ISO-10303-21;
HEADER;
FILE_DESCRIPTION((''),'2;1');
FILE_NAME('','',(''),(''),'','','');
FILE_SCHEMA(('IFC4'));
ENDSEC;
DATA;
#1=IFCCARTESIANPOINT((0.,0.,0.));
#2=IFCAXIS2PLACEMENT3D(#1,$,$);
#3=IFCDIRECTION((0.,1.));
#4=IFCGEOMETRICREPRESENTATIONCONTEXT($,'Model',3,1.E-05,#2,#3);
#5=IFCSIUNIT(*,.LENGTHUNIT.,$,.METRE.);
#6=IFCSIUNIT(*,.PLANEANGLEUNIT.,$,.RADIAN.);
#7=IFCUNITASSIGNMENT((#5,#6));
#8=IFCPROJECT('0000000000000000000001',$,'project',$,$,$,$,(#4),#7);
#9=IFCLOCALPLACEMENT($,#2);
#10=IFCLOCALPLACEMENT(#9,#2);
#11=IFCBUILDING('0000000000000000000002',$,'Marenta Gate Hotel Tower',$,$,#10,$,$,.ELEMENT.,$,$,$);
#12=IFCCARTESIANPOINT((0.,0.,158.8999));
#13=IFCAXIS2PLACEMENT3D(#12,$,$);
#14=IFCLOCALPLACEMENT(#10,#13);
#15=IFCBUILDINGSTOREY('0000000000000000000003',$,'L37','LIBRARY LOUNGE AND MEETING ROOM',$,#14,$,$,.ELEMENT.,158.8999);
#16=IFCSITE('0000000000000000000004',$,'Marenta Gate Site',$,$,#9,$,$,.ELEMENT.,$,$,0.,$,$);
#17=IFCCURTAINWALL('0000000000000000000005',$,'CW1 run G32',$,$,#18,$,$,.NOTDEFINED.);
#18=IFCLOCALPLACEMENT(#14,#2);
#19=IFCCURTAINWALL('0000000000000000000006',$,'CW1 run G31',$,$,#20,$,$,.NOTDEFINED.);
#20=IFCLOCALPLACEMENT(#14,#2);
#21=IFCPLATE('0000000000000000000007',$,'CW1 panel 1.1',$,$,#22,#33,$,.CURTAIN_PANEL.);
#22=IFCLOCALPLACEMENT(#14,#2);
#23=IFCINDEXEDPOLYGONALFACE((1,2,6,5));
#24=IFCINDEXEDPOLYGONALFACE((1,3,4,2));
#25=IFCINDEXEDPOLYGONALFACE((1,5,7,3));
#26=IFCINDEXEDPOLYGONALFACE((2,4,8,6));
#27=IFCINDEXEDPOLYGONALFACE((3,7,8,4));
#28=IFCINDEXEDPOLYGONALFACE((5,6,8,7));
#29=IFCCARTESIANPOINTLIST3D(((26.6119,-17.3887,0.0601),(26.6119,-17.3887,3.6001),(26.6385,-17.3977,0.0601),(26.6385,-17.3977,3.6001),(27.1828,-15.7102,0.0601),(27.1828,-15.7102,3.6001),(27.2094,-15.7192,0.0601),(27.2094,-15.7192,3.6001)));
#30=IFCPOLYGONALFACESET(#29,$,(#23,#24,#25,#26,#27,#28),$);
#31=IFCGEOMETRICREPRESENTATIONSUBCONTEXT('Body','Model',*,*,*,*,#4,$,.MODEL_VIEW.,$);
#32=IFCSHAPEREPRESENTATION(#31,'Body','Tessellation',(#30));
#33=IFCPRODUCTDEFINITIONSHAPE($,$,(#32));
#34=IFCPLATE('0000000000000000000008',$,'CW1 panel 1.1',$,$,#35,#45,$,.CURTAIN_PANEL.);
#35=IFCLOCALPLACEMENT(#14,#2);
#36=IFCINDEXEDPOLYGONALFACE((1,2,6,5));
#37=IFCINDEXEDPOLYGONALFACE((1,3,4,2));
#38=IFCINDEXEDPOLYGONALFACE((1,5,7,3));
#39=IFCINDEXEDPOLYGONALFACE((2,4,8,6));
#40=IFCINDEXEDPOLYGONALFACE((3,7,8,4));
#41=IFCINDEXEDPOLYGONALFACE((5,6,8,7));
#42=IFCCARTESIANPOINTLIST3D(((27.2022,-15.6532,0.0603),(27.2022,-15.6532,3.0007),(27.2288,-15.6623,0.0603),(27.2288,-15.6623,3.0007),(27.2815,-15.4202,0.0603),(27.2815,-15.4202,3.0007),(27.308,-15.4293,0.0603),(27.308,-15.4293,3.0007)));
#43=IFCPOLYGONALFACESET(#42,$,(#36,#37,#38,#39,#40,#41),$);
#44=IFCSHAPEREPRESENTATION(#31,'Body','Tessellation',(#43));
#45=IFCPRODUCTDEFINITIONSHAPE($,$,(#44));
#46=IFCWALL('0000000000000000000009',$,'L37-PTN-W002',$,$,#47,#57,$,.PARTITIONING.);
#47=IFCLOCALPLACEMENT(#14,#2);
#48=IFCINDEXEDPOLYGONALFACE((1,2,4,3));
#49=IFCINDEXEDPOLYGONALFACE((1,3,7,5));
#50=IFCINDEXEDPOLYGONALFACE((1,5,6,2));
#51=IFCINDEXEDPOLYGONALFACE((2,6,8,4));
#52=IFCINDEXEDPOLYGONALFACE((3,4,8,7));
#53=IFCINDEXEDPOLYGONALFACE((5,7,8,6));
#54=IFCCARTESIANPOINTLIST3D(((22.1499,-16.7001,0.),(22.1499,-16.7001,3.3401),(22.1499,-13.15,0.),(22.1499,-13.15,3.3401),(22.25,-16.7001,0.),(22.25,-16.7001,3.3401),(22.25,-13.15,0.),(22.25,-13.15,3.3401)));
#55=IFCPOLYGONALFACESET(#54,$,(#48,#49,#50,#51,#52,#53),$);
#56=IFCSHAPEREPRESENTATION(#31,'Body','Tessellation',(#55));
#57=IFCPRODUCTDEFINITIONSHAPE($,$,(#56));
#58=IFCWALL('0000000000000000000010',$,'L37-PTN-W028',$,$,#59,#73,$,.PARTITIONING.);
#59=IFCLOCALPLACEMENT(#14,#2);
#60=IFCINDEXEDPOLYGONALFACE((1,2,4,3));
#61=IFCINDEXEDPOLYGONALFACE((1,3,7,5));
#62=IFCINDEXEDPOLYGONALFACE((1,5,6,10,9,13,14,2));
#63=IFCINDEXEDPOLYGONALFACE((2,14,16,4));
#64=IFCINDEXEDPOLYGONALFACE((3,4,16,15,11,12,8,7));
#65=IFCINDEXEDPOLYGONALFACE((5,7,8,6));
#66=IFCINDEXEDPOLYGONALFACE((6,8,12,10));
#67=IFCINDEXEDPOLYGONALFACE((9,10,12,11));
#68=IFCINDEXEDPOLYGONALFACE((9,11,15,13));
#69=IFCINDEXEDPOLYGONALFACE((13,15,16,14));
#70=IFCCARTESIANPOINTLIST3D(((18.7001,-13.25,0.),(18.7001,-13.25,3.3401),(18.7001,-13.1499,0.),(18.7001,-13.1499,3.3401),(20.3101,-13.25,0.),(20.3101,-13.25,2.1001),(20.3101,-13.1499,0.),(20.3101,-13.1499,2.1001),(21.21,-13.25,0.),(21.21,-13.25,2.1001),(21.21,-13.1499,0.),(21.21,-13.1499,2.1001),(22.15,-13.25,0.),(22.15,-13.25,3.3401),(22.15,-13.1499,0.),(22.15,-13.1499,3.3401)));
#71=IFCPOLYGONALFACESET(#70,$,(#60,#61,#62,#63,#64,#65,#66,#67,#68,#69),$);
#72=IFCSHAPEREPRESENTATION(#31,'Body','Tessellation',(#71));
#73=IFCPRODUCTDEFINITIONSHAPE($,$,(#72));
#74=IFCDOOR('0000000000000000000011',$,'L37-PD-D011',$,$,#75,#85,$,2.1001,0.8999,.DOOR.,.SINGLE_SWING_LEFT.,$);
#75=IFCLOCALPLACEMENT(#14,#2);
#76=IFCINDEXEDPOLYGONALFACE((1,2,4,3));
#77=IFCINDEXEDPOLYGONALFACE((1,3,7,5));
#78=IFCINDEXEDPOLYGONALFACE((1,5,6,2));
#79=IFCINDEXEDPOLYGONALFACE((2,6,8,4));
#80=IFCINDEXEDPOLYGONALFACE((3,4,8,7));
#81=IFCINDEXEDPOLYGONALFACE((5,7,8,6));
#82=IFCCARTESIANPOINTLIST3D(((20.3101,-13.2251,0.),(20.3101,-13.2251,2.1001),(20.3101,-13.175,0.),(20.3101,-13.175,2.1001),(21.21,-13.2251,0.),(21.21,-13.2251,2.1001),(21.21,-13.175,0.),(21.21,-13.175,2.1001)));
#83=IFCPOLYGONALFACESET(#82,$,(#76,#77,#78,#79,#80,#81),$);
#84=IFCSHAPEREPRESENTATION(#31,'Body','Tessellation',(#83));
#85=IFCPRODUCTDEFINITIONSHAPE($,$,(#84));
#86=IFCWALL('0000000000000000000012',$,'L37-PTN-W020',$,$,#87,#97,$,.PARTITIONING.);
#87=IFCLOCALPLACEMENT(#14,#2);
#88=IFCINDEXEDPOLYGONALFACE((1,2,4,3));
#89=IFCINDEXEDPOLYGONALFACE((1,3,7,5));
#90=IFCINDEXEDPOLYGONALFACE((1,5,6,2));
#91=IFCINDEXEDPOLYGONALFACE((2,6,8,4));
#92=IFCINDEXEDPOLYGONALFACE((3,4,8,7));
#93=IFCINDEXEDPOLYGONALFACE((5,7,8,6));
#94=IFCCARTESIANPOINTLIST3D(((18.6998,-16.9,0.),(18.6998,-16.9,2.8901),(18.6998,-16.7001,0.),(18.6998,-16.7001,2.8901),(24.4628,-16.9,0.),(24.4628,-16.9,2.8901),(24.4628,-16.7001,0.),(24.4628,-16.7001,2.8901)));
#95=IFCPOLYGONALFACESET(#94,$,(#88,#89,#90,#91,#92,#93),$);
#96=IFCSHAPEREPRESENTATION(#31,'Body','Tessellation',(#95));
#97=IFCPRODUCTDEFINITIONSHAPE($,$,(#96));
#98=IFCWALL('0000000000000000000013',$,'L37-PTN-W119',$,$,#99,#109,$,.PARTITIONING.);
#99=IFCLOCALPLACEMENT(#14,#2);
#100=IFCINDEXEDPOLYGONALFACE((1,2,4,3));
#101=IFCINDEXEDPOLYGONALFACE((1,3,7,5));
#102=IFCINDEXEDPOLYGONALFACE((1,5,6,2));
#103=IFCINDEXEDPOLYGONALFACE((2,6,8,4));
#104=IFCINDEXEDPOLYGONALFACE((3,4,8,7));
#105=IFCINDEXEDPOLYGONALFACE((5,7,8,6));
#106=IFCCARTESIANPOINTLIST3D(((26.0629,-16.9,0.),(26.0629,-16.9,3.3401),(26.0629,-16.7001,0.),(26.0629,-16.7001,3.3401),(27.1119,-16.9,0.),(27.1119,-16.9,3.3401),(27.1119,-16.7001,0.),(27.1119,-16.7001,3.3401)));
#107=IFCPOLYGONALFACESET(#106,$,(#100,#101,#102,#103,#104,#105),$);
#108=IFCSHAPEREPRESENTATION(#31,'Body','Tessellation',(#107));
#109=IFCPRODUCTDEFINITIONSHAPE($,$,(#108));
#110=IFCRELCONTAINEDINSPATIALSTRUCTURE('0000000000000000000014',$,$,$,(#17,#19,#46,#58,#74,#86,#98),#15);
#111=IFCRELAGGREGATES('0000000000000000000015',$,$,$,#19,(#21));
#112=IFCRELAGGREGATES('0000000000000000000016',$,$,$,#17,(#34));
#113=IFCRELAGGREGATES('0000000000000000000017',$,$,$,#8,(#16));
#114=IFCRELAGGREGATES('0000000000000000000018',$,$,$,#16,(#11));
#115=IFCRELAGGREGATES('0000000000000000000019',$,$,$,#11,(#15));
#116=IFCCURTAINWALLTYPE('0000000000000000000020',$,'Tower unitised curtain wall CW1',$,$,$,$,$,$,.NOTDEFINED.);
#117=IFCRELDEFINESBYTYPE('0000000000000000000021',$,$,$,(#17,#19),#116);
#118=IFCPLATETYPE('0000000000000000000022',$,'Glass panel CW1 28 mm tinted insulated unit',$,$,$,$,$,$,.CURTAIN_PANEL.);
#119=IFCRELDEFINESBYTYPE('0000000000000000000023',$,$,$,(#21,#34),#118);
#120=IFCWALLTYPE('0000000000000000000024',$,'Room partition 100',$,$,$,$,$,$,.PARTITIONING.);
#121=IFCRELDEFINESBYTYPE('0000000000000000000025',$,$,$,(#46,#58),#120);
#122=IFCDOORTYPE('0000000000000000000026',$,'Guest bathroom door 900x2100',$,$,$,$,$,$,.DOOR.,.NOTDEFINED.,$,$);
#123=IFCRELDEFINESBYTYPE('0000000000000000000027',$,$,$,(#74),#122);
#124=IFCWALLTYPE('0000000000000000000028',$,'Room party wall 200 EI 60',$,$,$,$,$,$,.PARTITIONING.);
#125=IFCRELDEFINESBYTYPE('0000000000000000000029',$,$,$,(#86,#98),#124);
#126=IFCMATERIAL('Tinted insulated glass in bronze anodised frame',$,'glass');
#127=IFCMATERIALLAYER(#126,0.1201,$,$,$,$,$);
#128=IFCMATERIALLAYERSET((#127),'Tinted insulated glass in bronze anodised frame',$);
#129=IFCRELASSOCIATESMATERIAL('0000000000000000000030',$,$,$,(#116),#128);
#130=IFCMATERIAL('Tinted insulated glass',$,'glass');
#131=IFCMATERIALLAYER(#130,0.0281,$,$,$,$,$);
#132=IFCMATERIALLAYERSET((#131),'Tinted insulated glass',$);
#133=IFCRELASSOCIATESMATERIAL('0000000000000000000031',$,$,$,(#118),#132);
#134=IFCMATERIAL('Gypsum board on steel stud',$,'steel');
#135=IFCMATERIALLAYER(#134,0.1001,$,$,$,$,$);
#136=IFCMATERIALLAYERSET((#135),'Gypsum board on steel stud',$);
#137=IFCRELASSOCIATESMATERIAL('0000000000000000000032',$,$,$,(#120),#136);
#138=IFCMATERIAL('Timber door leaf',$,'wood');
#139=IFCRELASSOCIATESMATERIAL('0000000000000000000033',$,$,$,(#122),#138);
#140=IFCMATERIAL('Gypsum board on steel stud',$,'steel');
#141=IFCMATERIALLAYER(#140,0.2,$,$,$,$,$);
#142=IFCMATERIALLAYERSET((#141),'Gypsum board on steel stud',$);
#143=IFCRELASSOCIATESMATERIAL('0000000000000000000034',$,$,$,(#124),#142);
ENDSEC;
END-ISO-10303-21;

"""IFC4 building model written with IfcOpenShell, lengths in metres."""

from ifc_helpers import new_model, si_unit, direction, frame, frame_2d, origin, origin_2d, place, context, subcontext, project, spatial, rectangle, extrude, material, layer, layer_set, type_object, element, fill, aggregate, save


model = new_model("IFC4")

# Units and contexts
model_context = context("Model", 3, precision=1e-05, world=origin(), true_north=direction((0.0, 1.0)))
body_context = subcontext(model_context, "Body", "Model", "MODEL_VIEW")
ifc_project = project(units=[si_unit("LENGTHUNIT", "METRE"), si_unit("PLANEANGLEUNIT", "RADIAN")], contexts=[model_context])

# Site, building, storey
site_placement = place(None, origin())
site = spatial("IfcSite", under=ifc_project, at=site_placement, Name="Marenta Gate Site", CompositionType="ELEMENT", RefElevation=0.0)
building_placement = place(site_placement, origin())
building = spatial("IfcBuilding", under=site, at=building_placement, Name="Marenta Gate Hotel Tower", CompositionType="ELEMENT")
storey_placement = place(building_placement, frame((0.0, 0.0, 158.8999)))
storey = spatial("IfcBuildingStorey", under=building, at=storey_placement, Name="L37", Description="LIBRARY LOUNGE AND MEETING ROOM", CompositionType="ELEMENT", Elevation=158.8999)

# Curtain wall
ifc_material_1 = material(Name="Tinted insulated glass in bronze anodised frame", Category="glass")
ifc_layer_1 = layer(ifc_material_1, 0.1201)
ifc_layer_set_1 = layer_set([ifc_layer_1], Name="Tinted insulated glass in bronze anodised frame")
curtain_wall_type = type_object("IfcCurtainWallType", Name="Tower unitised curtain wall CW1", PredefinedType="NOTDEFINED", material=ifc_layer_set_1)
curtain_wall_1_placement = place(storey_placement, origin())
curtain_wall_1 = element("IfcCurtainWall", 1, at=curtain_wall_1_placement, inside=storey, type_object=curtain_wall_type, Name="CW1 run G32", PredefinedType="NOTDEFINED")

# Curtain wall
curtain_wall_2_placement = place(storey_placement, origin())
curtain_wall_2 = element("IfcCurtainWall", 2, at=curtain_wall_2_placement, inside=storey, type_object=curtain_wall_type, Name="CW1 run G31", PredefinedType="NOTDEFINED")

# Plates
ifc_material_2 = material(Name="Tinted insulated glass", Category="glass")
ifc_layer_2 = layer(ifc_material_2, 0.0281)
ifc_layer_set_2 = layer_set([ifc_layer_2], Name="Tinted insulated glass")
plate_type = type_object("IfcPlateType", Name="Glass panel CW1 28 mm tinted insulated unit", PredefinedType="CURTAIN_PANEL", material=ifc_layer_set_2)
plate_1_placement = place(storey_placement, frame((26.9106, -16.554, 0.0601), z_axis=(0.0, 0.0, 1.0), x_axis=(0.322032, 0.946729, 0.0)))
plate_1 = element("IfcPlate", 3, at=plate_1_placement, type_object=plate_type, Name="CW1 panel 1.1", PredefinedType="CURTAIN_PANEL", context=body_context, shape_type="SweptSolid", body=[
    extrude(rectangle(XDim=1.7729, YDim=0.0281, at=origin_2d()), origin(), (0.0, 0.0, 1.0), 3.54),
])
aggregate(curtain_wall_2, [plate_1])
plate_2_placement = place(storey_placement, frame((27.2551, -15.5413, 0.0603), z_axis=(0.0, 0.0, 1.0), x_axis=(0.32204, 0.946726, 0.0)))
plate_2 = element("IfcPlate", 4, at=plate_2_placement, type_object=plate_type, Name="CW1 panel 1.1", PredefinedType="CURTAIN_PANEL", context=body_context, shape_type="SweptSolid", body=[
    extrude(rectangle(XDim=0.2461, YDim=0.0281, at=origin_2d()), origin(), (0.0, 0.0, 1.0), 2.9404),
])
aggregate(curtain_wall_1, [plate_2])

# Wall
ifc_material_3 = material(Name="Gypsum board on steel stud", Category="steel")
ifc_layer_3 = layer(ifc_material_3, 0.1001)
ifc_layer_set_3 = layer_set([ifc_layer_3], Name="Gypsum board on steel stud")
wall_type_1 = type_object("IfcWallType", Name="Room partition 100", PredefinedType="PARTITIONING", material=ifc_layer_set_3)
wall_1_placement = place(storey_placement, frame((22.2, -16.7, 0.0), z_axis=(0.0, 0.0, 1.0), x_axis=(0.0, 1.0, 0.0)))
element("IfcWall", 5, at=wall_1_placement, inside=storey, type_object=wall_type_1, Name="L37-PTN-W002", PredefinedType="PARTITIONING", context=body_context, shape_type="SweptSolid", body=[
    extrude(rectangle(XDim=3.55, YDim=0.1001, at=frame_2d((1.7749, 0.0))), origin(), (0.0, 0.0, 1.0), 3.3401),
])

# Wall, opening, door
wall_2_placement = place(storey_placement, frame((18.7, -13.2, 0.0), z_axis=(0.0, 0.0, 1.0), x_axis=(1.0, 0.0, 0.0)))
wall_2 = element("IfcWall", 6, at=wall_2_placement, inside=storey, type_object=wall_type_1, Name="L37-PTN-W028", PredefinedType="PARTITIONING", context=body_context, shape_type="SweptSolid", body=[
    extrude(rectangle(XDim=3.45, YDim=0.1001, at=frame_2d((1.7251, 0.0))), origin(), (0.0, 0.0, 1.0), 3.3401),
])
opening_placement = place(wall_2_placement, frame((1.6101, 0.0, 0.0)))
opening = element("IfcOpeningElement", 7, at=opening_placement, cuts=wall_2, PredefinedType="OPENING", context=body_context, shape_type="SweptSolid", body=[
    extrude(rectangle(XDim=0.8999, YDim=2.1001, at=frame_2d((0.45, 1.05))), frame((0.0, 0.05, 0.0), z_axis=(0.0, -1.0, 0.0), x_axis=(1.0, 0.0, 0.0)), (0.0, 0.0, 1.0), 0.1001),
])
ifc_material_4 = material(Name="Timber door leaf", Category="wood")
door_type = type_object("IfcDoorType", Name="Guest bathroom door 900x2100", OperationType="NOTDEFINED", PredefinedType="DOOR", material=ifc_material_4)
door_placement = place(opening_placement, origin())
door = element("IfcDoor", 8, at=door_placement, inside=storey, type_object=door_type, Name="L37-PD-D011", OperationType="SINGLE_SWING_LEFT", OverallHeight=2.1001, OverallWidth=0.8999, PredefinedType="DOOR", context=body_context, shape_type="SweptSolid", body=[
    extrude(rectangle(XDim=0.8999, YDim=2.1001, at=frame_2d((0.45, 1.05))), frame((0.0, 0.0249, 0.0), z_axis=(0.0, -1.0, 0.0), x_axis=(1.0, 0.0, 0.0)), (0.0, 0.0, 1.0), 0.05),
])
fill(opening, door)

# Walls
ifc_material_5 = material(Name="Gypsum board on steel stud", Category="steel")
ifc_layer_4 = layer(ifc_material_5, 0.2)
ifc_layer_set_4 = layer_set([ifc_layer_4], Name="Gypsum board on steel stud")
wall_type_2 = type_object("IfcWallType", Name="Room party wall 200 EI 60", PredefinedType="PARTITIONING", material=ifc_layer_set_4)
wall_3_placement = place(storey_placement, frame((18.7, -16.8, 0.0), z_axis=(0.0, 0.0, 1.0), x_axis=(1.0, 0.0, 0.0)))
element("IfcWall", 9, at=wall_3_placement, inside=storey, type_object=wall_type_2, Name="L37-PTN-W020", PredefinedType="PARTITIONING", context=body_context, shape_type="SweptSolid", body=[
    extrude(rectangle(XDim=5.7629, YDim=0.2, at=frame_2d((2.8813, 0.0))), origin(), (0.0, 0.0, 1.0), 2.8901),
])
wall_4_placement = place(storey_placement, frame((26.063, -16.8, 0.0), z_axis=(0.0, 0.0, 1.0), x_axis=(1.0, 0.0, 0.0)))
element("IfcWall", 10, at=wall_4_placement, inside=storey, type_object=wall_type_2, Name="L37-PTN-W119", PredefinedType="PARTITIONING", context=body_context, shape_type="SweptSolid", body=[
    extrude(rectangle(XDim=1.0491, YDim=0.2, at=frame_2d((0.5244, 0.0))), origin(), (0.0, 0.0, 1.0), 3.3401),
])

save(model, "model.ifc")
